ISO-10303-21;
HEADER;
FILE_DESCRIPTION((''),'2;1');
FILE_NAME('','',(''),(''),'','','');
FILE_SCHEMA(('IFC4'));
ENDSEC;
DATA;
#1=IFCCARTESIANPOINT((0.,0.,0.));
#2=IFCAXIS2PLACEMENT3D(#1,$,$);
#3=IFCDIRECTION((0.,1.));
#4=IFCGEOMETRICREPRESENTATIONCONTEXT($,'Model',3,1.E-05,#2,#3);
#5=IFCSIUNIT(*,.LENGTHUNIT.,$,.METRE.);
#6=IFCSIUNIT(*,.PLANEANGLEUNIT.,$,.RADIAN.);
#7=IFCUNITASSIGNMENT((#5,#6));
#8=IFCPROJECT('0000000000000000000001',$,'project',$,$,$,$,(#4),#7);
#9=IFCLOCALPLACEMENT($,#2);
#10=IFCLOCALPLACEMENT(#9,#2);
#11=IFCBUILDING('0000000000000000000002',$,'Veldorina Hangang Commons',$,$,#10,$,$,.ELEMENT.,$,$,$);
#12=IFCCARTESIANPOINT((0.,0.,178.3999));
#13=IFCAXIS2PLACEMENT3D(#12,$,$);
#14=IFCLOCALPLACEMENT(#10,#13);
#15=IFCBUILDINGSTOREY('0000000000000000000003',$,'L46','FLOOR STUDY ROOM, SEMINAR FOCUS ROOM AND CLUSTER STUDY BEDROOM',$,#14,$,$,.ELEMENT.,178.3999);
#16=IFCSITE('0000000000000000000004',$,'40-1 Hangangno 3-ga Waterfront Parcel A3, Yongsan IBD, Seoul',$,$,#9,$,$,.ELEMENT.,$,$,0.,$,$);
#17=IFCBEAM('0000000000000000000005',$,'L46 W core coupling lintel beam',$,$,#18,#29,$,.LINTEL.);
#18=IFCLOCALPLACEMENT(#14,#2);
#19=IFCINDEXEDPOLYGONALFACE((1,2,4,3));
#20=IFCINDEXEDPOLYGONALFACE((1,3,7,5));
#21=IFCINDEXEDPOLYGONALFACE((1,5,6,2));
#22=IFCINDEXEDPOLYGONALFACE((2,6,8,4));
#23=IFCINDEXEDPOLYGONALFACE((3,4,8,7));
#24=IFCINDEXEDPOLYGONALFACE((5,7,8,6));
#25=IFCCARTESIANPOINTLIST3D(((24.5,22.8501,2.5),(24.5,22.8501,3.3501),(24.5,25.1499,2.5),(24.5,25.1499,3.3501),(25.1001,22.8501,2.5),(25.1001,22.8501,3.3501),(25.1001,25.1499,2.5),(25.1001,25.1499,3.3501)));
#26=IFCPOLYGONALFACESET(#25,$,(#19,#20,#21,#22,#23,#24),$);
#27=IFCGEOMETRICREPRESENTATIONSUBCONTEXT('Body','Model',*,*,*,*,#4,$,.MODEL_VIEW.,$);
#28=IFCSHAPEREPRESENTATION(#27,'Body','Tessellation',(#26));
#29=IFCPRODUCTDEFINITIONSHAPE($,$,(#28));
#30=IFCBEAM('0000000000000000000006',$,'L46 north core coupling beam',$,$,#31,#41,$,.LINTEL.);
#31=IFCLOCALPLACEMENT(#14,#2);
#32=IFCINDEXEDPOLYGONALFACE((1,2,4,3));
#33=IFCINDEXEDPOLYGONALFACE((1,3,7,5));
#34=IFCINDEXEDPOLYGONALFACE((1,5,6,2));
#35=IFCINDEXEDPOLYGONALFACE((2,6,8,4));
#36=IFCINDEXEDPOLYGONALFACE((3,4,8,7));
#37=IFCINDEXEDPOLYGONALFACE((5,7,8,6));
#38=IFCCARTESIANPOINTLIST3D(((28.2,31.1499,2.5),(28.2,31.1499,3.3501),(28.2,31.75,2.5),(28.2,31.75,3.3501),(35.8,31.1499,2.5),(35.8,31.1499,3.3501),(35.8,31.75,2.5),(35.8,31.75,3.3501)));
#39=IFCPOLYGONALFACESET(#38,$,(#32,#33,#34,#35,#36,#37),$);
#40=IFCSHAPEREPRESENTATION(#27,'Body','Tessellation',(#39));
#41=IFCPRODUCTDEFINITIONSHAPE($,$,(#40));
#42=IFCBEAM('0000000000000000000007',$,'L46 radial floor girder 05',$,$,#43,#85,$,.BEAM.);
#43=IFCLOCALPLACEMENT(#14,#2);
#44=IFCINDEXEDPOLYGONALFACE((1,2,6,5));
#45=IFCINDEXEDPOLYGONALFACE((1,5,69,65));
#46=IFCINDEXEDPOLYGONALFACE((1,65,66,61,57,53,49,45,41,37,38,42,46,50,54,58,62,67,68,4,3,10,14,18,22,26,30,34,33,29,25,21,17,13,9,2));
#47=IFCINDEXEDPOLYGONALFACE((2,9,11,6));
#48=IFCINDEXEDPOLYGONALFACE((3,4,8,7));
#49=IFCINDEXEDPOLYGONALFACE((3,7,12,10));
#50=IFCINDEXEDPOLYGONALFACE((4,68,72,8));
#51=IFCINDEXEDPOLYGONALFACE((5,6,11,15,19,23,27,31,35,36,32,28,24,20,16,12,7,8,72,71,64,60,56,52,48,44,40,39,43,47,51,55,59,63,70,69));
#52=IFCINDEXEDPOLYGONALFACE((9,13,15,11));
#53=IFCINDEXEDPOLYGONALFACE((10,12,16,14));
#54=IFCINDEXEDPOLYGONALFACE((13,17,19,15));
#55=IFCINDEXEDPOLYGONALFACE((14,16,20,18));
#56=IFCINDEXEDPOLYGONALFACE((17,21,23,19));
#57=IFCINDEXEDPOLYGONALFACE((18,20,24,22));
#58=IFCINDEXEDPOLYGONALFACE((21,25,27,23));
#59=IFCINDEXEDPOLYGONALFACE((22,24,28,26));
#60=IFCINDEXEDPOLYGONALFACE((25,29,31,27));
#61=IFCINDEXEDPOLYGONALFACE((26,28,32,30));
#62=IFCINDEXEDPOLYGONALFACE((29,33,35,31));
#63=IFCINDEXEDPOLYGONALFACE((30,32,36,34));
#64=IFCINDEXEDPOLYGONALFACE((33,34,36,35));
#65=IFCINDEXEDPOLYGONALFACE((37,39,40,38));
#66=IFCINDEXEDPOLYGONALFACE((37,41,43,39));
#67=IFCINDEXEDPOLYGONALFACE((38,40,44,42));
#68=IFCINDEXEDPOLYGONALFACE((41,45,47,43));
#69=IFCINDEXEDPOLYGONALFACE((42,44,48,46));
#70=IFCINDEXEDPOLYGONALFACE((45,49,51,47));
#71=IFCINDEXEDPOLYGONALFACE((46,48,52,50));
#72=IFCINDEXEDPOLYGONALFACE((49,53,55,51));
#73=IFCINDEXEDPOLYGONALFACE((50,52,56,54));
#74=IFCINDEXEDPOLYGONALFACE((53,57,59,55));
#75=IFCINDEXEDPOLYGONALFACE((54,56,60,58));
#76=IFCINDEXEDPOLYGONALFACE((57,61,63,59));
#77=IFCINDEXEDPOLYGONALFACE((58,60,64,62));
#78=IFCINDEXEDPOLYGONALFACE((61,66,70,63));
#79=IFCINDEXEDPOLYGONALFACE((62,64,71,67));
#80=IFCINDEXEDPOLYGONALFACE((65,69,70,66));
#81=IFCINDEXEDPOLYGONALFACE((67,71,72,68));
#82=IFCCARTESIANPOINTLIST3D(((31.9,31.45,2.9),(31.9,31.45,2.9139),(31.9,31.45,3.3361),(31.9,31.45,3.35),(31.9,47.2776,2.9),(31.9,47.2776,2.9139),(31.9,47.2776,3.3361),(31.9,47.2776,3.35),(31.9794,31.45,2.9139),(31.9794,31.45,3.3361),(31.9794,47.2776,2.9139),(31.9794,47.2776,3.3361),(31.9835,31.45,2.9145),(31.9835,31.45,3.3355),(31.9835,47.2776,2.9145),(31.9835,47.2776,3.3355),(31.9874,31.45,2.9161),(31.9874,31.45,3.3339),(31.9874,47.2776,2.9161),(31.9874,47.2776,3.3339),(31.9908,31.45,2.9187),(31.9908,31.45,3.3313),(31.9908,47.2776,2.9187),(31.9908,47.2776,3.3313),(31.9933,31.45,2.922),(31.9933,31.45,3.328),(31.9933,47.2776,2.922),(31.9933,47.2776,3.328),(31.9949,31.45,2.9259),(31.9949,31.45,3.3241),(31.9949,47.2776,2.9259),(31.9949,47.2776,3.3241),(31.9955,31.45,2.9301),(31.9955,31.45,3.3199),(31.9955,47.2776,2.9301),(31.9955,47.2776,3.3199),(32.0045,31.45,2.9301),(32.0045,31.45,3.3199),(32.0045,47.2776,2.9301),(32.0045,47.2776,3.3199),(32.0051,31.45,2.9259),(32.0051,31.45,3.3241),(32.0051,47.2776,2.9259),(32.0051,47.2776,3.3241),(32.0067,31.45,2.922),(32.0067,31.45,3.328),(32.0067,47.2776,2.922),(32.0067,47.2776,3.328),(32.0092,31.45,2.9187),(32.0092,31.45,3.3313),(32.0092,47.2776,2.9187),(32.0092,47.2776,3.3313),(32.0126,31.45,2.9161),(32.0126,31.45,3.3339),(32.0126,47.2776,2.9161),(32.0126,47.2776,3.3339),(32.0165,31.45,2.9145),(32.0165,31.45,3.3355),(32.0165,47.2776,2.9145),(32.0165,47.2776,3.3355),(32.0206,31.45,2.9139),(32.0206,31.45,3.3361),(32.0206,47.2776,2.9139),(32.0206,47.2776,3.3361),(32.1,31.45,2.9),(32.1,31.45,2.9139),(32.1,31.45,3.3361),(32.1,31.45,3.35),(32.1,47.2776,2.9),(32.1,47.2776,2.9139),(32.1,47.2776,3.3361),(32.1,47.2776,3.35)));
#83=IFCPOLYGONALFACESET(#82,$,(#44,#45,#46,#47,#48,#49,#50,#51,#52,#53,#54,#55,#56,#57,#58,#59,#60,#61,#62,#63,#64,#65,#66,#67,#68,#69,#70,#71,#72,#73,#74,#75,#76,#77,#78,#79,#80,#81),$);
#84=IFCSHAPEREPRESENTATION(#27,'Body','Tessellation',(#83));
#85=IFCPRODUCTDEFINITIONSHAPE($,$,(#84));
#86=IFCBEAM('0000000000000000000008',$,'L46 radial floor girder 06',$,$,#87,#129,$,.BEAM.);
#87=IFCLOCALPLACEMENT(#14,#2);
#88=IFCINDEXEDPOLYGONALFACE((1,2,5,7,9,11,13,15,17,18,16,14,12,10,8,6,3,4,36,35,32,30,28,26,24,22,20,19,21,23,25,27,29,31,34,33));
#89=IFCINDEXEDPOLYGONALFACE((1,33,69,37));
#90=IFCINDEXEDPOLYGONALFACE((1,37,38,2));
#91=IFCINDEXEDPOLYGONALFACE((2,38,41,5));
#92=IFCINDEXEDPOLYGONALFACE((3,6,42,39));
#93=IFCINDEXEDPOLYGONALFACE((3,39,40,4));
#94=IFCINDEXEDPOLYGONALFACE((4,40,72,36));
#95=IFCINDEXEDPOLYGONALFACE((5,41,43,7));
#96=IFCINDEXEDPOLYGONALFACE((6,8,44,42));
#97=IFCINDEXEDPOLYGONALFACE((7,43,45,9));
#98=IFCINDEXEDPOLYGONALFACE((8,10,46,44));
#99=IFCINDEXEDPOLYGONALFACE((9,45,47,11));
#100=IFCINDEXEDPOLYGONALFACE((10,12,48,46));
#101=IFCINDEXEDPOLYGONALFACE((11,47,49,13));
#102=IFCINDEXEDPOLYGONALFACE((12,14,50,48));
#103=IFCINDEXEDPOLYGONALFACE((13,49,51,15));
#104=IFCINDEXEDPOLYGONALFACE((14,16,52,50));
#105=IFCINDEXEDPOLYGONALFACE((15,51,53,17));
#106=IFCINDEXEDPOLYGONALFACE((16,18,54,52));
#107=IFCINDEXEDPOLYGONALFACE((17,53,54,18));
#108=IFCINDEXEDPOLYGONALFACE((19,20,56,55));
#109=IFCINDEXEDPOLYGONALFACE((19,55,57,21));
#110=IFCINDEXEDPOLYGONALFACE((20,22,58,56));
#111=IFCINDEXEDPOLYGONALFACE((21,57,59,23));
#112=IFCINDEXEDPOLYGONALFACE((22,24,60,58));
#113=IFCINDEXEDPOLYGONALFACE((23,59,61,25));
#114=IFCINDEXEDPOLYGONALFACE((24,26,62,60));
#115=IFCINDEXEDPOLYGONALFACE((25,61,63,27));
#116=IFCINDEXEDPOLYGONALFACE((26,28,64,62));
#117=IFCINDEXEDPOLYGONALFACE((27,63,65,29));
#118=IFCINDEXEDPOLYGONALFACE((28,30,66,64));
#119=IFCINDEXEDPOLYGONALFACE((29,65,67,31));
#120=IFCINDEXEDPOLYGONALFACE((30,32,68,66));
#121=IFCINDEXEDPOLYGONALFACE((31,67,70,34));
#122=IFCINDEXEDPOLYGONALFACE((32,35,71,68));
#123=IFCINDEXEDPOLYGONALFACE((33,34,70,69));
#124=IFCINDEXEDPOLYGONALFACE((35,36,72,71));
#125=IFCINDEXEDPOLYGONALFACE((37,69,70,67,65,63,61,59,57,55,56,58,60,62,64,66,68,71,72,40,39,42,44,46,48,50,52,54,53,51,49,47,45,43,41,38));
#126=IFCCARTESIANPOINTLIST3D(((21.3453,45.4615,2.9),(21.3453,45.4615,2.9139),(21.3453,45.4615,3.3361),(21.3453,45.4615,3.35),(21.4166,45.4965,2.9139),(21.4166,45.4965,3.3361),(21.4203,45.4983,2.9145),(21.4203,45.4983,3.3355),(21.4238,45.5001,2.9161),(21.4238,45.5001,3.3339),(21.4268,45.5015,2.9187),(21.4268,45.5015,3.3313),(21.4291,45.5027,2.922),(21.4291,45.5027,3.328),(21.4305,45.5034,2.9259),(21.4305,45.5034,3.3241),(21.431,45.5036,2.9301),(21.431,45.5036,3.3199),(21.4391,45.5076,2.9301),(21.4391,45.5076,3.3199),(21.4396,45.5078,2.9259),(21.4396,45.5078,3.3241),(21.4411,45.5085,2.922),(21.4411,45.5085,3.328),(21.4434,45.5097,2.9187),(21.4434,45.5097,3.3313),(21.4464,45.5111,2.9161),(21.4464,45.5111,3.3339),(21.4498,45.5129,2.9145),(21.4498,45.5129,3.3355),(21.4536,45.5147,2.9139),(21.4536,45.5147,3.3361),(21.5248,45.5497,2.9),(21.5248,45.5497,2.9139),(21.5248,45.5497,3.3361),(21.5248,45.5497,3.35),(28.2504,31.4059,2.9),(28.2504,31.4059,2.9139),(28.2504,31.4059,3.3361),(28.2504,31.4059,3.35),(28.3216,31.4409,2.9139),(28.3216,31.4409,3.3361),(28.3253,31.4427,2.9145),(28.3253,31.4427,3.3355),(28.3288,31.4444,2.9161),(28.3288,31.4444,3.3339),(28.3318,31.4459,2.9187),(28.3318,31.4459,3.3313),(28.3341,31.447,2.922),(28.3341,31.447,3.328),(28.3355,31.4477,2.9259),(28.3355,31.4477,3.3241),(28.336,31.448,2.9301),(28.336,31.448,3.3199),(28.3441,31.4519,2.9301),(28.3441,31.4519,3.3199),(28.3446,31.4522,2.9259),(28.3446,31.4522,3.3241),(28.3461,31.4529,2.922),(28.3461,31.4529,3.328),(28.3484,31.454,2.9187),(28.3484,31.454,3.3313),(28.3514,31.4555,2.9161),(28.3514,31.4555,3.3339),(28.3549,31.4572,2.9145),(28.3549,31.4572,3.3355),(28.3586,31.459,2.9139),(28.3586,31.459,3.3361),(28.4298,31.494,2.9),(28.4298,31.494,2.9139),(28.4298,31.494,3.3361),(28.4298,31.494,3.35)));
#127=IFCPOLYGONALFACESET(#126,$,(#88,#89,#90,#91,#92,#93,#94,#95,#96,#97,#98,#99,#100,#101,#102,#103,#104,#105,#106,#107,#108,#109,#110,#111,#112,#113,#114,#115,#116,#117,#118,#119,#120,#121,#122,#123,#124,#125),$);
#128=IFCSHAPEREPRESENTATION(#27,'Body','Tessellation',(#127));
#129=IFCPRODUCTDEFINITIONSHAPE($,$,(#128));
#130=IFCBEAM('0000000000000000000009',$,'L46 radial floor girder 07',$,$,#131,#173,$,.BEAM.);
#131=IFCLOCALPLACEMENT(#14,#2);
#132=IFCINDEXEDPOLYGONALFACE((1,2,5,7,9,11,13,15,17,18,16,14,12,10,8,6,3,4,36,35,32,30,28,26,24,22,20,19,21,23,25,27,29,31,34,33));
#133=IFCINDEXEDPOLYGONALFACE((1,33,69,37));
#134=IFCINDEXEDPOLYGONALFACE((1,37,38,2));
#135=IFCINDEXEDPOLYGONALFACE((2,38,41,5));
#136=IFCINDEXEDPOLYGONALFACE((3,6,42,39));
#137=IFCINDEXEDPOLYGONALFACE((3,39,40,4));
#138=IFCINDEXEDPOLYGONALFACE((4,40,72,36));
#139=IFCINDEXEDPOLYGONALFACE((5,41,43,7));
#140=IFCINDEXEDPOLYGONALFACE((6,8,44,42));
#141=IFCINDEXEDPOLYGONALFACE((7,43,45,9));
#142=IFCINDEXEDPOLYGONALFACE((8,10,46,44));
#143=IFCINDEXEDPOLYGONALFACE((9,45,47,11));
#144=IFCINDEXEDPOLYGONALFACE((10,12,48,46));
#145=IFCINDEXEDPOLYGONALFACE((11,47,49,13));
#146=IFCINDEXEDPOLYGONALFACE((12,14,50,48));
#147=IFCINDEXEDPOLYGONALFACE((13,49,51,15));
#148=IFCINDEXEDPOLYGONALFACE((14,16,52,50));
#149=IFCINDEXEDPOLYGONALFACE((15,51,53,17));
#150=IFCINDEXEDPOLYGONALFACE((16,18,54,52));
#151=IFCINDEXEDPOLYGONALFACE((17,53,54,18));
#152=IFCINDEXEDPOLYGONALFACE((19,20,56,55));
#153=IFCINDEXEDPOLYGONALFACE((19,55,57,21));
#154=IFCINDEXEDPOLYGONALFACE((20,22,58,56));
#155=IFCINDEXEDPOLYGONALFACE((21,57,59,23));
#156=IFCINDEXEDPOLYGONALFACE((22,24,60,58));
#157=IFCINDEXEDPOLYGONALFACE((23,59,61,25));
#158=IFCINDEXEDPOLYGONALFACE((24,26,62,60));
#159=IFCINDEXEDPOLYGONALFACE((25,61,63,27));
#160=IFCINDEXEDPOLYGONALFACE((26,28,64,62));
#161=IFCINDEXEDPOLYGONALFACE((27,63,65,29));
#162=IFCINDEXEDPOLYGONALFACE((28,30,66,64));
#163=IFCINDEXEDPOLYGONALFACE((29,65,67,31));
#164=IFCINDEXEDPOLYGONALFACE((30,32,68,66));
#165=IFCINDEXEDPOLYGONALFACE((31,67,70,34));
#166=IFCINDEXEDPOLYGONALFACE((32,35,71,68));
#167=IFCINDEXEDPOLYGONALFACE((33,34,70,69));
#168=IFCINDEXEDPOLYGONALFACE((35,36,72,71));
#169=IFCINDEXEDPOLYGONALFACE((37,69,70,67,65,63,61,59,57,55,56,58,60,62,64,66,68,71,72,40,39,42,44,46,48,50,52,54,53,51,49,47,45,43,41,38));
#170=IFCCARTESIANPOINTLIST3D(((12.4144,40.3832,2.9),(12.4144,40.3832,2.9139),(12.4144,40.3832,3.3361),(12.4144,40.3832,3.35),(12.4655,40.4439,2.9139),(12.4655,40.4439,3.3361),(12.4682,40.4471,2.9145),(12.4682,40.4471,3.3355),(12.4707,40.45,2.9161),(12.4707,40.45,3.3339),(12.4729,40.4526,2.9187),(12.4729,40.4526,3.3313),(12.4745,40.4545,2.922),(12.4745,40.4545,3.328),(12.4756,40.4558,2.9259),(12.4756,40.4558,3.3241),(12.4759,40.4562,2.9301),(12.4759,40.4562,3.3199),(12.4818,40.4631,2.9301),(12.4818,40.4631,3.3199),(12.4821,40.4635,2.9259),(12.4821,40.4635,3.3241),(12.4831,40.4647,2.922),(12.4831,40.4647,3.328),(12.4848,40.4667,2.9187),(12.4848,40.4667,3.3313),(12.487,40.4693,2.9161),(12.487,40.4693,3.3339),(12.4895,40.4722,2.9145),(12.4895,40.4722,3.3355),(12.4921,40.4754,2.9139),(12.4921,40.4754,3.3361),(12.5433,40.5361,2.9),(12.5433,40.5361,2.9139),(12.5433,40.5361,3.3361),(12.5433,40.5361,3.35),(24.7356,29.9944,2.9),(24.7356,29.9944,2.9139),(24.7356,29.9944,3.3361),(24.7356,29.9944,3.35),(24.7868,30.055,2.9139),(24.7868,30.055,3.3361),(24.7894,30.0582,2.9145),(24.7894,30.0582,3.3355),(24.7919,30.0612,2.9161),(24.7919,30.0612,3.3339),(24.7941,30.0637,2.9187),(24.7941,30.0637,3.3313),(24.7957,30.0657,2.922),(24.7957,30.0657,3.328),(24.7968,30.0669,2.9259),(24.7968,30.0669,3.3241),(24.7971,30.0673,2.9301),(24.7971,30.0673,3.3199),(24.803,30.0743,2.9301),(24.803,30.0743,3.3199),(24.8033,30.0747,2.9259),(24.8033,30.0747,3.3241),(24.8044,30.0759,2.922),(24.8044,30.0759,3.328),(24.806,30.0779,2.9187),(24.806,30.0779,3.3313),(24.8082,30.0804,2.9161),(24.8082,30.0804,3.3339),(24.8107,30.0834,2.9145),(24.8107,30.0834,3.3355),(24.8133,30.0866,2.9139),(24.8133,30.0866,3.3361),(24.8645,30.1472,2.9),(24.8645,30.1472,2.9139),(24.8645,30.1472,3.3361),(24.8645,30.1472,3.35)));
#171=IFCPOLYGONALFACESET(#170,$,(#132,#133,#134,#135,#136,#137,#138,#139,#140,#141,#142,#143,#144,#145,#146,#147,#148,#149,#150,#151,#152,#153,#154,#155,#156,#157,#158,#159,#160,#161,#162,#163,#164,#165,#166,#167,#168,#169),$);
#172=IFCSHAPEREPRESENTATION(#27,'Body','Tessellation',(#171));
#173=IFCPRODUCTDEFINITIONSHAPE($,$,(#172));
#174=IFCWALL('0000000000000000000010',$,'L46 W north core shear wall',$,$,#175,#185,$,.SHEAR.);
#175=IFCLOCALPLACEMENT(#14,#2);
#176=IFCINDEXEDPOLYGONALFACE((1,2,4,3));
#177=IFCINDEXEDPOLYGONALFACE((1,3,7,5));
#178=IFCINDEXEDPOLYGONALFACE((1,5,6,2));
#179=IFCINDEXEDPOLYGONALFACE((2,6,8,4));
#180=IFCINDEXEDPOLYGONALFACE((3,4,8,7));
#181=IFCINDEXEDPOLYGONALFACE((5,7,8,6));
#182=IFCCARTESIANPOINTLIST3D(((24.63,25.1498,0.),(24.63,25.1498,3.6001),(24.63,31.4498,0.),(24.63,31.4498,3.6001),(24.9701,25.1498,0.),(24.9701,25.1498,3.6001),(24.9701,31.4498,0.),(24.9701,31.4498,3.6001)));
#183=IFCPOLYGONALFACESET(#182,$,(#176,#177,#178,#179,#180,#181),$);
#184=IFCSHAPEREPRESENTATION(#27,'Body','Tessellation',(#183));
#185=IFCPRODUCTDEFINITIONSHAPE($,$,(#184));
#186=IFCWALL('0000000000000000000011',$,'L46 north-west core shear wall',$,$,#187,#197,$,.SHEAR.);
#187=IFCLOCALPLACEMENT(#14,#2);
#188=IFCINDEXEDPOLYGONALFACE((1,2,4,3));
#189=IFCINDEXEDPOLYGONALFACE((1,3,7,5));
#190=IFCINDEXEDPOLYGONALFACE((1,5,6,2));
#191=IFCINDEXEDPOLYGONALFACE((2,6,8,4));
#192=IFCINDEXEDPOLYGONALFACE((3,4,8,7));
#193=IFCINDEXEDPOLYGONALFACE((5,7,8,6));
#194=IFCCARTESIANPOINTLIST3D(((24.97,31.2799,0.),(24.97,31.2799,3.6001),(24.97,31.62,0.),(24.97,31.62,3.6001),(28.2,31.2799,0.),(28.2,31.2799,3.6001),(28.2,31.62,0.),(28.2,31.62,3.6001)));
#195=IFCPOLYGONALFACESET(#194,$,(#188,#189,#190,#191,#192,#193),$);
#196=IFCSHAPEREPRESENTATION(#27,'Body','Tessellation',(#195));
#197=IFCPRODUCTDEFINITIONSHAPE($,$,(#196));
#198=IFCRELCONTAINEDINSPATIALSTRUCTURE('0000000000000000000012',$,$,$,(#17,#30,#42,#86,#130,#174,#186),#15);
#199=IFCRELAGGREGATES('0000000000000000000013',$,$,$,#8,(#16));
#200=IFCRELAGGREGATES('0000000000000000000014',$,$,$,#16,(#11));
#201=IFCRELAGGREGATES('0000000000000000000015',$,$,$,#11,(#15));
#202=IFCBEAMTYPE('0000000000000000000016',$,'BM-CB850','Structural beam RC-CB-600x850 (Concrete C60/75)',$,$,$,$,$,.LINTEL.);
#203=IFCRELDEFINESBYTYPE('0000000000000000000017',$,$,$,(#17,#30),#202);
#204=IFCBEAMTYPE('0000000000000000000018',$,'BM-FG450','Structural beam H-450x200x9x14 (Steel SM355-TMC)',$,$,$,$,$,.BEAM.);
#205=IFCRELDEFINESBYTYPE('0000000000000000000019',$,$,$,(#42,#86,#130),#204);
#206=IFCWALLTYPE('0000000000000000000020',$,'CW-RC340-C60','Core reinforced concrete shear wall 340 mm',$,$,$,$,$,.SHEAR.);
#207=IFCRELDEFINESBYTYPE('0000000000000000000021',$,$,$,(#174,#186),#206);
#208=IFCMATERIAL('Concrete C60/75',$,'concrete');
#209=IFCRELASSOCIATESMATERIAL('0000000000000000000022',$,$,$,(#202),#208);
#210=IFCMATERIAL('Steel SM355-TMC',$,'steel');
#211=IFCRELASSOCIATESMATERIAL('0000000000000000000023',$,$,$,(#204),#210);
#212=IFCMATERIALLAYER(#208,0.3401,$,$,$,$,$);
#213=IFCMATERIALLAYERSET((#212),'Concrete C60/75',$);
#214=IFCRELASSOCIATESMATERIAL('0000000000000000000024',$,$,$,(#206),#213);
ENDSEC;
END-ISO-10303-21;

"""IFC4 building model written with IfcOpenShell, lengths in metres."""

from ifc_helpers import new_model, si_unit, direction, frame, frame_2d, origin, origin_2d, place, context, subcontext, project, spatial, rectangle, i_section, extrude, material, layer, layer_set, material_profile, profile_set, type_object, element, save


model = new_model("IFC4")

# Units and contexts
model_context = context("Model", 3, precision=1e-05, world=origin(), true_north=direction((0.0, 1.0)))
body_context = subcontext(model_context, "Body", "Model", "MODEL_VIEW")
ifc_project = project(units=[si_unit("LENGTHUNIT", "METRE"), si_unit("PLANEANGLEUNIT", "RADIAN")], contexts=[model_context])

# Site, building, storey
site_placement = place(None, origin())
site = spatial("IfcSite", under=ifc_project, at=site_placement, Name="40-1 Hangangno 3-ga Waterfront Parcel A3, Yongsan IBD, Seoul", CompositionType="ELEMENT", RefElevation=0.0)
building_placement = place(site_placement, origin())
building = spatial("IfcBuilding", under=site, at=building_placement, Name="Veldorina Hangang Commons", CompositionType="ELEMENT")
storey_placement = place(building_placement, frame((0.0, 0.0, 178.3999)))
storey = spatial("IfcBuildingStorey", under=building, at=storey_placement, Name="L46", Description="FLOOR STUDY ROOM, SEMINAR FOCUS ROOM AND CLUSTER STUDY BEDROOM", CompositionType="ELEMENT", Elevation=178.3999)

# Beams
ifc_material_1 = material(Name="Concrete C60/75", Category="concrete")
ifc_material_profile_1 = material_profile(ifc_material_1, rectangle(XDim=0.6001, YDim=0.8501, at=origin_2d()), Name="RC-CB-600x850")
ifc_profile_set_1 = profile_set([ifc_material_profile_1], Name="Concrete C60/75")
beam_type_1 = type_object("IfcBeamType", Name="BM-CB850", Description="Structural beam RC-CB-600x850 (Concrete C60/75)", PredefinedType="LINTEL", material=ifc_profile_set_1)
beam_1_placement = place(storey_placement, frame((24.8, 22.8501, 2.925), z_axis=(0.0, 1.0, 0.0), x_axis=(-1.0, 0.0, 0.0)))
element("IfcBeam", 1, at=beam_1_placement, inside=storey, type_object=beam_type_1, Name="L46 W core coupling lintel beam", PredefinedType="LINTEL", context=body_context, shape_type="SweptSolid", body=[
    extrude(rectangle(XDim=0.6001, YDim=0.8501, at=origin_2d()), origin(), (0.0, 0.0, 1.0), 2.2998),
])
beam_2_placement = place(storey_placement, frame((28.2, 31.45, 2.925), z_axis=(1.0, 0.0, 0.0), x_axis=(0.0, 1.0, 0.0)))
element("IfcBeam", 2, at=beam_2_placement, inside=storey, type_object=beam_type_1, Name="L46 north core coupling beam", PredefinedType="LINTEL", context=body_context, shape_type="SweptSolid", body=[
    extrude(rectangle(XDim=0.6001, YDim=0.8501, at=origin_2d()), origin(), (0.0, 0.0, 1.0), 7.6001),
])
ifc_material_2 = material(Name="Steel SM355-TMC", Category="steel")
ifc_material_profile_2 = material_profile(ifc_material_2, i_section(OverallWidth=0.2, OverallDepth=0.45, WebThickness=0.009, FlangeThickness=0.0139, FilletRadius=0.0161, at=origin_2d()), Name="H-450x200x9x14")
ifc_profile_set_2 = profile_set([ifc_material_profile_2], Name="Steel SM355-TMC")
beam_type_2 = type_object("IfcBeamType", Name="BM-FG450", Description="Structural beam H-450x200x9x14 (Steel SM355-TMC)", PredefinedType="BEAM", material=ifc_profile_set_2)
beam_3_placement = place(storey_placement, frame((32.0, 31.45, 3.125), z_axis=(0.0, 1.0, 0.0), x_axis=(-1.0, 0.0, 0.0)))
element("IfcBeam", 3, at=beam_3_placement, inside=storey, type_object=beam_type_2, Name="L46 radial floor girder 05", PredefinedType="BEAM", context=body_context, shape_type="SweptSolid", body=[
    extrude(i_section(OverallWidth=0.2, OverallDepth=0.45, WebThickness=0.009, FlangeThickness=0.0139, FilletRadius=0.0161, at=origin_2d()), origin(), (0.0, 0.0, 1.0), 15.8276),
])
beam_4_placement = place(storey_placement, frame((28.3401, 31.45, 3.125), z_axis=(-0.440929, 0.897542, 0.0), x_axis=(-0.897542, -0.440929, 0.0)))
element("IfcBeam", 4, at=beam_4_placement, inside=storey, type_object=beam_type_2, Name="L46 radial floor girder 06", PredefinedType="BEAM", context=body_context, shape_type="SweptSolid", body=[
    extrude(i_section(OverallWidth=0.2, OverallDepth=0.45, WebThickness=0.009, FlangeThickness=0.0139, FilletRadius=0.0161, at=origin_2d()), origin(), (0.0, 0.0, 1.0), 15.6602),
])
beam_5_placement = place(storey_placement, frame((24.8, 30.0708, 3.125), z_axis=(-0.764511, 0.644611, 0.0), x_axis=(-0.644611, -0.764511, 0.0)))
element("IfcBeam", 5, at=beam_5_placement, inside=storey, type_object=beam_type_2, Name="L46 radial floor girder 07", PredefinedType="BEAM", context=body_context, shape_type="SweptSolid", body=[
    extrude(i_section(OverallWidth=0.2, OverallDepth=0.45, WebThickness=0.009, FlangeThickness=0.0139, FilletRadius=0.0161, at=origin_2d()), origin(), (0.0, 0.0, 1.0), 16.1165),
])

# Walls
ifc_layer_1 = layer(ifc_material_1, 0.3401)
ifc_layer_set_1 = layer_set([ifc_layer_1], Name="Concrete C60/75")
wall_type_1 = type_object("IfcWallType", Name="CW-RC340-C60", Description="Core reinforced concrete shear wall 340 mm", PredefinedType="SHEAR", material=ifc_layer_set_1)
wall_1_placement = place(storey_placement, frame((24.8, 25.1499, 0.0), z_axis=(0.0, 0.0, 1.0), x_axis=(0.0, 1.0, 0.0)))
element("IfcWall", 6, at=wall_1_placement, inside=storey, type_object=wall_type_1, Name="L46 W north core shear wall", PredefinedType="SHEAR", context=body_context, shape_type="SweptSolid", body=[
    extrude(rectangle(XDim=6.3, YDim=0.3401, at=frame_2d((3.1499, 0.0))), origin(), (0.0, 0.0, 1.0), 3.6001),
])
wall_2_placement = place(storey_placement, frame((24.97, 31.45, 0.0), z_axis=(0.0, 0.0, 1.0), x_axis=(1.0, 0.0, 0.0)))
element("IfcWall", 7, at=wall_2_placement, inside=storey, type_object=wall_type_1, Name="L46 north-west core shear wall", PredefinedType="SHEAR", context=body_context, shape_type="SweptSolid", body=[
    extrude(rectangle(XDim=3.23, YDim=0.3401, at=frame_2d((1.615, 0.0))), origin(), (0.0, 0.0, 1.0), 3.6001),
])

save(model, "model.ifc")
